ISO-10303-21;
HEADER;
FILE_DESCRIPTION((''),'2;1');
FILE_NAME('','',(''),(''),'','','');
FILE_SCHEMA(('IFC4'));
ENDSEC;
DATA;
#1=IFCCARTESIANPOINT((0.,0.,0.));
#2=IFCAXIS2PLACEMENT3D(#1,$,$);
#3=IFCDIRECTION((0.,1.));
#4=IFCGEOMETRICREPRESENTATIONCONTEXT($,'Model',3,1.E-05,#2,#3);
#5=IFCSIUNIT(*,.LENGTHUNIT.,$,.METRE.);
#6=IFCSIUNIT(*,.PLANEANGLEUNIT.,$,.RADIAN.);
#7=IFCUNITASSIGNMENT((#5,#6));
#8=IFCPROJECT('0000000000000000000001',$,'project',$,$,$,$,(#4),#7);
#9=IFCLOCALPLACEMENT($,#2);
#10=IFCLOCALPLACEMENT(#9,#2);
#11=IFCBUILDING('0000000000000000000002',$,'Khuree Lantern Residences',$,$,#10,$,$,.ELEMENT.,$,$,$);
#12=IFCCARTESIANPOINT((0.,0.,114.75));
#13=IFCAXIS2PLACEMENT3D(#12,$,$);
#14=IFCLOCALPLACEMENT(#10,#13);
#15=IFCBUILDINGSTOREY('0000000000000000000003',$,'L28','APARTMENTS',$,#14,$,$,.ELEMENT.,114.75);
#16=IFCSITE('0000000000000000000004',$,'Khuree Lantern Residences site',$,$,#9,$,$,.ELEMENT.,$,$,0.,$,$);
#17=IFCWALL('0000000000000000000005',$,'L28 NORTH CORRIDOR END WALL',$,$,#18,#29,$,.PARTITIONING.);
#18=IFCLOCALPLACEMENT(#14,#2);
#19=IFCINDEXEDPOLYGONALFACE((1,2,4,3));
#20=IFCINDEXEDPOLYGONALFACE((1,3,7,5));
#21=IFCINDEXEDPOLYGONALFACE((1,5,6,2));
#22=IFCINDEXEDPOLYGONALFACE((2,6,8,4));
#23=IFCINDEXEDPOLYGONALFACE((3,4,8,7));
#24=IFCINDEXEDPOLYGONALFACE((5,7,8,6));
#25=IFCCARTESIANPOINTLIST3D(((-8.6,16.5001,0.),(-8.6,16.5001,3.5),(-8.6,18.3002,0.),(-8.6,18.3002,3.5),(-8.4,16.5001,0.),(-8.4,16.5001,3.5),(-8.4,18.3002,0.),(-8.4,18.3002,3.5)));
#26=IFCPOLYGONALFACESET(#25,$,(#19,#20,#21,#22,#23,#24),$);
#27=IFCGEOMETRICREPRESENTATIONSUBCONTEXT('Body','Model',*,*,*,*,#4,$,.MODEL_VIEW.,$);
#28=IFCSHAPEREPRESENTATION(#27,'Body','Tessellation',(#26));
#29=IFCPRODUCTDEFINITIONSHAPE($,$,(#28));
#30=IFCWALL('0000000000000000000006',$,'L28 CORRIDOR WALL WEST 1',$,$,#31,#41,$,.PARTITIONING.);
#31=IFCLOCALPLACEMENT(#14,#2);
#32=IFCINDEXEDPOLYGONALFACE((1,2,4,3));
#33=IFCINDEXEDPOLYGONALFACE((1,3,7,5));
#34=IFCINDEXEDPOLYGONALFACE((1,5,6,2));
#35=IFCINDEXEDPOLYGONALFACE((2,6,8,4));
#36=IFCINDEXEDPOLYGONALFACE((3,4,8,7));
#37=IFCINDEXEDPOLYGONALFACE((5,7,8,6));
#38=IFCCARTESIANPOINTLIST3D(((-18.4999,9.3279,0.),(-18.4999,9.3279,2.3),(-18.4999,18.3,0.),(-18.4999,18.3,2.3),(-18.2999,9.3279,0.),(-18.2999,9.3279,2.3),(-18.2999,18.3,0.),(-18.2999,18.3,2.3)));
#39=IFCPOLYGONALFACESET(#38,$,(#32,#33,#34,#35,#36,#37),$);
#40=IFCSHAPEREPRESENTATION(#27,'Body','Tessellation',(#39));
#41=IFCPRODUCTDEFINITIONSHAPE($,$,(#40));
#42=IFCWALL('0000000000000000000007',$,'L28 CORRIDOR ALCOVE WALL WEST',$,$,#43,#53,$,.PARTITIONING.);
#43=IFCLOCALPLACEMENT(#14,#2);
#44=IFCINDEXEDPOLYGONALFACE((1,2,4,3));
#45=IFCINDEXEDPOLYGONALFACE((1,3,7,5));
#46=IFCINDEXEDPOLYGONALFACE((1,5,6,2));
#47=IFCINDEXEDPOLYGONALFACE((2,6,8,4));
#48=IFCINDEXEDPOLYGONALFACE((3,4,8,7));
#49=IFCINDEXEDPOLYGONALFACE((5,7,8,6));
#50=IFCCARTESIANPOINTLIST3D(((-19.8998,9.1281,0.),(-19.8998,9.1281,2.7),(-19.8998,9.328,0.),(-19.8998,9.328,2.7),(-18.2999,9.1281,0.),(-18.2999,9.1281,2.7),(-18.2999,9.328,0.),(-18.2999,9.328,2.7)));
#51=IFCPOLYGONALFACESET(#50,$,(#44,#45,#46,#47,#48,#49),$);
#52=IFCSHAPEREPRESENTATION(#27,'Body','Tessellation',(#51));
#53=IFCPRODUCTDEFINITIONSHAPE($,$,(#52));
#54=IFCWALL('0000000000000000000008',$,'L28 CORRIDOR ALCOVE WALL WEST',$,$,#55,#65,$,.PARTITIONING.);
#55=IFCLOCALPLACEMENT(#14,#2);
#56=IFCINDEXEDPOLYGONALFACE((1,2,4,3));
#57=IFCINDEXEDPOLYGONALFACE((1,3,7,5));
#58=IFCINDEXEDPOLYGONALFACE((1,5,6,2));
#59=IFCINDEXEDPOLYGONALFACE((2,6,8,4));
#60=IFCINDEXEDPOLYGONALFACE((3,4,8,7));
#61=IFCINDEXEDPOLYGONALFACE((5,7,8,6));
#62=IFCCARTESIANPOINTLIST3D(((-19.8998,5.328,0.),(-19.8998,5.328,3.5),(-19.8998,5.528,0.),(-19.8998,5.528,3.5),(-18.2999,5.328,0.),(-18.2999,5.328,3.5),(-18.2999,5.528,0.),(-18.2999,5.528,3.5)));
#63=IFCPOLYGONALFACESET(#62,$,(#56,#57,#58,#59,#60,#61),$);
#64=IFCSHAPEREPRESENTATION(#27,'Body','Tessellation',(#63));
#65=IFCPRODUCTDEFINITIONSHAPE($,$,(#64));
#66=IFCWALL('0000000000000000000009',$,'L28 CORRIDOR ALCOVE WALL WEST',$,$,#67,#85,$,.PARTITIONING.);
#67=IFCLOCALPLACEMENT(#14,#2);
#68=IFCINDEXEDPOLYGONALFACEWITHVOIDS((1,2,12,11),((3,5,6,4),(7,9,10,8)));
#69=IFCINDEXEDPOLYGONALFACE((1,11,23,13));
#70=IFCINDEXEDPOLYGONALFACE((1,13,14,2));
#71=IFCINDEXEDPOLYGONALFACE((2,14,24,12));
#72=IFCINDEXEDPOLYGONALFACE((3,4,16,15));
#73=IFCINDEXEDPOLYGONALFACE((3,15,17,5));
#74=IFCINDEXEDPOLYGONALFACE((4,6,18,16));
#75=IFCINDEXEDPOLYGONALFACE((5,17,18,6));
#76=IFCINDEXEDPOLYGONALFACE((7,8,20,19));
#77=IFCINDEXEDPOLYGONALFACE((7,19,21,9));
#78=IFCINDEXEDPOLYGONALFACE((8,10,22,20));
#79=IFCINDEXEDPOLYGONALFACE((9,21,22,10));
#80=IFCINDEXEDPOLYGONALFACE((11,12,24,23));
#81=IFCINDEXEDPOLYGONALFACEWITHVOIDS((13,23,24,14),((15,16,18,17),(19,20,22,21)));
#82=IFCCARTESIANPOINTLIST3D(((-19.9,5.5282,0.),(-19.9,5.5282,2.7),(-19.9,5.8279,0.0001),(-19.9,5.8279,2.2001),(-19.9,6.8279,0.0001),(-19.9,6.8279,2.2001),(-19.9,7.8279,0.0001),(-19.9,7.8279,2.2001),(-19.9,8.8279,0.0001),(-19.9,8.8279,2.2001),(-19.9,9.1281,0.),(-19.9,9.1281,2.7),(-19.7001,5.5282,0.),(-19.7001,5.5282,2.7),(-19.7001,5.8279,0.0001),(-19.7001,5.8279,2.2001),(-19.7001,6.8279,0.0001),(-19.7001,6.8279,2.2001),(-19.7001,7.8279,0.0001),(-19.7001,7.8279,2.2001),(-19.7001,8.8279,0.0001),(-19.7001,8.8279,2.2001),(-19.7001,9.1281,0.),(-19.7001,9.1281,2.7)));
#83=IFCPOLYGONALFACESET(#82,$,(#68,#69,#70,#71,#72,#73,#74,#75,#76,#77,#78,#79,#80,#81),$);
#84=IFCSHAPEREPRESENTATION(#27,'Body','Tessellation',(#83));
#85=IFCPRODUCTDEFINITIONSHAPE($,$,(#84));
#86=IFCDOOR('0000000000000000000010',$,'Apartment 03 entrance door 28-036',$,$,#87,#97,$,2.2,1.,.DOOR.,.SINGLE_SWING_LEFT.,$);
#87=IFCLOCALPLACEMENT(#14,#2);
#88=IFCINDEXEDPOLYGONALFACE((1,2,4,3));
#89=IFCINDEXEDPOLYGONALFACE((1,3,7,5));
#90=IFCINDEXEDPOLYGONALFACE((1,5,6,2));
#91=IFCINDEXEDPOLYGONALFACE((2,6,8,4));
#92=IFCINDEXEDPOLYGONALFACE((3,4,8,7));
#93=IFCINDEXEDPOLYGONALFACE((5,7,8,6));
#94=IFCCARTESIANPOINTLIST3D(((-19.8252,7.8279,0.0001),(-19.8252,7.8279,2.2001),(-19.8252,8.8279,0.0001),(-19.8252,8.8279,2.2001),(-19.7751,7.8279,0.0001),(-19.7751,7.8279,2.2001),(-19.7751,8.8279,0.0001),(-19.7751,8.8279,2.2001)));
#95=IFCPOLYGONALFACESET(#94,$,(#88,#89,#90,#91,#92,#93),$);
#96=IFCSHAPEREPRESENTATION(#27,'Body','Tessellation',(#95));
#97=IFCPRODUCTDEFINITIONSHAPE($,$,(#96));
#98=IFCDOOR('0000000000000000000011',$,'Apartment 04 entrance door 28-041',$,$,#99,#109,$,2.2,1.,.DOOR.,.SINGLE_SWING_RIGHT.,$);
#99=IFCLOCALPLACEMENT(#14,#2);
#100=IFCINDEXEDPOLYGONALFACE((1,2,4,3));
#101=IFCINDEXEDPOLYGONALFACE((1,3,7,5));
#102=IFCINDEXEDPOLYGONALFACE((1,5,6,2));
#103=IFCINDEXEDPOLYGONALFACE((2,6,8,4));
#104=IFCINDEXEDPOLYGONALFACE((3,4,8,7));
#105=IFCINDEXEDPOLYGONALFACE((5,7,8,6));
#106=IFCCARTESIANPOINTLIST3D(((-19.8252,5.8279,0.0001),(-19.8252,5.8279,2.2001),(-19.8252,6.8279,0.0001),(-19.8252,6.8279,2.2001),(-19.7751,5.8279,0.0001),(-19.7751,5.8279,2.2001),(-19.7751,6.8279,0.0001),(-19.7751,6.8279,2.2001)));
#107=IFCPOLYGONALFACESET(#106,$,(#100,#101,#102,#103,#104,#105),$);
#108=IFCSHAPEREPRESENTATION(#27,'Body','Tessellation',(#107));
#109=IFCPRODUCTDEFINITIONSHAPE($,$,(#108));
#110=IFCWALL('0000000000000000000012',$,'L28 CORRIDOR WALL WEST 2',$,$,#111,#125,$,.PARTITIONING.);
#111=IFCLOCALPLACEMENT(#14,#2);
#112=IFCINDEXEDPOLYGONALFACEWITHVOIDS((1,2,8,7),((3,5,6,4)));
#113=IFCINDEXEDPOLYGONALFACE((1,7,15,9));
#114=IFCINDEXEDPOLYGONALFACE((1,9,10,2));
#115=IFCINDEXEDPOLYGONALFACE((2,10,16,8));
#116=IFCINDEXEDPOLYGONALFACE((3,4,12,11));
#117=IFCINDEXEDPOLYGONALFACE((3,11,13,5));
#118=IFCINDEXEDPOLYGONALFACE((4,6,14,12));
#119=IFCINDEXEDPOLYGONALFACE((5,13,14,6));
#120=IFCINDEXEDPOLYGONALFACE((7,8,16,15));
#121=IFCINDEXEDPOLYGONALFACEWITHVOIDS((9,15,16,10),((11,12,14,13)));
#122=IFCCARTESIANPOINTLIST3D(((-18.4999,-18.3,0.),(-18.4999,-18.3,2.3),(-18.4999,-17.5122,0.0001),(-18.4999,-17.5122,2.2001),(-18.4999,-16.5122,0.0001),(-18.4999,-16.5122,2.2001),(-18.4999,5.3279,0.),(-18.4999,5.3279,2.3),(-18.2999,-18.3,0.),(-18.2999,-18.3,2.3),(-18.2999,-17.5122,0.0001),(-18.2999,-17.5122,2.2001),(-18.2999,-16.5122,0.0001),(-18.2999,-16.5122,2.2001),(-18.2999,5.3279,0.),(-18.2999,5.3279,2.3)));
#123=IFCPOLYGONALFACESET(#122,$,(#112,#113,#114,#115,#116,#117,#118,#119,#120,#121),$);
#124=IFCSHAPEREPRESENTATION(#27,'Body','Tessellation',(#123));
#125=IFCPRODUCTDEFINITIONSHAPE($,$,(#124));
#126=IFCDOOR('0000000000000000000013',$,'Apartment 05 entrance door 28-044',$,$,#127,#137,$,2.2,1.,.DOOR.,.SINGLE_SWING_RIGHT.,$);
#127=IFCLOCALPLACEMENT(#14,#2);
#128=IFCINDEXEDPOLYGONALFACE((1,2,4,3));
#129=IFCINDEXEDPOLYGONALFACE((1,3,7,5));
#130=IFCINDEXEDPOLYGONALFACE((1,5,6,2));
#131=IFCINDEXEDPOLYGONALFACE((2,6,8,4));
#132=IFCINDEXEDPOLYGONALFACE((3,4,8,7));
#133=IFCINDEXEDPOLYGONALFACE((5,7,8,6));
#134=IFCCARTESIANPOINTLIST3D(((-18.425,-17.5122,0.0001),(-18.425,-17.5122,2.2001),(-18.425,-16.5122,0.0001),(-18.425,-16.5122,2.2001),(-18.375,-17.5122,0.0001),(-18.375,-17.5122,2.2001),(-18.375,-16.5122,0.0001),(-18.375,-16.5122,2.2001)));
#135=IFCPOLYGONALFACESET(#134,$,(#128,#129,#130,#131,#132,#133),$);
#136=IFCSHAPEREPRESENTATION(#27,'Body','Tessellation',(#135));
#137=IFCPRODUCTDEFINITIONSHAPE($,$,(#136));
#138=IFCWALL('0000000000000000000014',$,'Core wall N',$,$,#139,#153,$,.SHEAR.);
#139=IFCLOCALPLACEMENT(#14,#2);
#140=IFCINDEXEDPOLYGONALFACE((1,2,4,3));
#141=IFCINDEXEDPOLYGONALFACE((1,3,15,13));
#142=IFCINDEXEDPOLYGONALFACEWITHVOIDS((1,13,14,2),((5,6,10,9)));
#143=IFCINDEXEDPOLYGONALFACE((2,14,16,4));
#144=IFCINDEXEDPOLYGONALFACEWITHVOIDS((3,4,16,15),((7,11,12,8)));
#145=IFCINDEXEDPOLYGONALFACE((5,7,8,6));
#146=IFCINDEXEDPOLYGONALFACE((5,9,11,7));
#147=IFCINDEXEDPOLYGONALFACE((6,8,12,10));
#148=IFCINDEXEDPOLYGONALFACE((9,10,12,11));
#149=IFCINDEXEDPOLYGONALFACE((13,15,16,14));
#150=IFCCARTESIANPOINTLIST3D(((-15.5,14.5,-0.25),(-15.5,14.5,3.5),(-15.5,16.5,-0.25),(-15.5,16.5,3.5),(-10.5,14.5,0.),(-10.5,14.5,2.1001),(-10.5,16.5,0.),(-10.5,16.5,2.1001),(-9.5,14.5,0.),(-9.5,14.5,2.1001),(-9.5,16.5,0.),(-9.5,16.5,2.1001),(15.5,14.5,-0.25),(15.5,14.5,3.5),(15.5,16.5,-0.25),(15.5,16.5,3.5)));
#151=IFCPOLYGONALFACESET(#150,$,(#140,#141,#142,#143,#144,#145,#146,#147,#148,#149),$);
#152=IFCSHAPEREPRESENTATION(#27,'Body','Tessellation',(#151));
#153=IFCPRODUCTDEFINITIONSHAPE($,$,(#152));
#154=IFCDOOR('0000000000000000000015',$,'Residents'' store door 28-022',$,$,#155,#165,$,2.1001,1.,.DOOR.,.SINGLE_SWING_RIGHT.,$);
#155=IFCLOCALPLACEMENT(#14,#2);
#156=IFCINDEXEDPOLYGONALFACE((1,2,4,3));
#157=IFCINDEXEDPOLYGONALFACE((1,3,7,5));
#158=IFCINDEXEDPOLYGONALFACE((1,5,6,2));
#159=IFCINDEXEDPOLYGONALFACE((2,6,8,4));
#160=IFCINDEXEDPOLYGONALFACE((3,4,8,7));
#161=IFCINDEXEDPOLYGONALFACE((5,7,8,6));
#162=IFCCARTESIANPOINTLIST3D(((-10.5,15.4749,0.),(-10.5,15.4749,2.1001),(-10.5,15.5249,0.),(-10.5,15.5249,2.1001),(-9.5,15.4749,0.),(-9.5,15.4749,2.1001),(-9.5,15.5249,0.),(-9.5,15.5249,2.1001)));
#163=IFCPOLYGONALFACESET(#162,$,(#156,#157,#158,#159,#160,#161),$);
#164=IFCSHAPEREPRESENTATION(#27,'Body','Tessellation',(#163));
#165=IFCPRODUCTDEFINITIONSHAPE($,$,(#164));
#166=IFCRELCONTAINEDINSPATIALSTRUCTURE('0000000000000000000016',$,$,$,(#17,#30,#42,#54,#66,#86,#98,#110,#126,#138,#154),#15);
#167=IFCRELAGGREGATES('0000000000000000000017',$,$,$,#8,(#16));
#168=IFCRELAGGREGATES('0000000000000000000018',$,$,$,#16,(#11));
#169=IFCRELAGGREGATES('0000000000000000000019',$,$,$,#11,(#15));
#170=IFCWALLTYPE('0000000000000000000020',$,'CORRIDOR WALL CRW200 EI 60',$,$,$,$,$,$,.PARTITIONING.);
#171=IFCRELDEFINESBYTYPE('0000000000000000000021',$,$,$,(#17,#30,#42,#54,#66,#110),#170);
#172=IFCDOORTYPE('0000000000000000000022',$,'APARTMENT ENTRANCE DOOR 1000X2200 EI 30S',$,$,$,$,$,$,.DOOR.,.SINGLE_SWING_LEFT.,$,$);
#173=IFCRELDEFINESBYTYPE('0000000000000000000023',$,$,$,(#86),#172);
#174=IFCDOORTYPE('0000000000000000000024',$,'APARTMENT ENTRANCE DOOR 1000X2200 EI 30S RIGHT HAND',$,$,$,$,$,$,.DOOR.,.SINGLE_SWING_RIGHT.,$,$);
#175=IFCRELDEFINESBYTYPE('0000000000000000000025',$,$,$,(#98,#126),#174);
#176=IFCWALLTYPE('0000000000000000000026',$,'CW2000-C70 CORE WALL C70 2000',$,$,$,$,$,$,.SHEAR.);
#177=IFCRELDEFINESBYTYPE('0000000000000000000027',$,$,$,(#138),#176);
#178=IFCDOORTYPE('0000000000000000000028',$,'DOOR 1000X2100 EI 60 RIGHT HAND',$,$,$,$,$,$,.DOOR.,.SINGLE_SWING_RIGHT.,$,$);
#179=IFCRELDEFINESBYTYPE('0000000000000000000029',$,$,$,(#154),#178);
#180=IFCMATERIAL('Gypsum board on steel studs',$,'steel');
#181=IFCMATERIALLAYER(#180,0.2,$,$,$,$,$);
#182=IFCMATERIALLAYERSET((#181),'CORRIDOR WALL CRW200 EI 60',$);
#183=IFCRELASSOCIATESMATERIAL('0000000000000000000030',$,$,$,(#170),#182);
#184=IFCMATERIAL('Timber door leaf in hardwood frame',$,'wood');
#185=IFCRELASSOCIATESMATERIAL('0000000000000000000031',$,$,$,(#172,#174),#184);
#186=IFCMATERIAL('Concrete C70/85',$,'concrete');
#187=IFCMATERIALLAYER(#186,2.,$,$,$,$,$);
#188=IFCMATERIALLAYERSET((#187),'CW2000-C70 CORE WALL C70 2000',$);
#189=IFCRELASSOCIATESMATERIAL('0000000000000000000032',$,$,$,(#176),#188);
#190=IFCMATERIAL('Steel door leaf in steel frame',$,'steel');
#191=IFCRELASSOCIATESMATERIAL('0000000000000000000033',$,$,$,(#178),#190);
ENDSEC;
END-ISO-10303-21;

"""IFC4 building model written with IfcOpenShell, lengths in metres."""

from ifc_helpers import new_model, si_unit, direction, frame, frame_2d, origin, place, context, subcontext, project, spatial, rectangle, extrude, material, layer, layer_set, type_object, element, fill, save


model = new_model("IFC4")

# Units and contexts
model_context = context("Model", 3, precision=1e-05, world=origin(), true_north=direction((0.0, 1.0)))
body_context = subcontext(model_context, "Body", "Model", "MODEL_VIEW")
ifc_project = project(units=[si_unit("LENGTHUNIT", "METRE"), si_unit("PLANEANGLEUNIT", "RADIAN")], contexts=[model_context])

# Site, building, storey
site_placement = place(None, origin())
site = spatial("IfcSite", under=ifc_project, at=site_placement, Name="Khuree Lantern Residences site", CompositionType="ELEMENT", RefElevation=0.0)
building_placement = place(site_placement, origin())
building = spatial("IfcBuilding", under=site, at=building_placement, Name="Khuree Lantern Residences", CompositionType="ELEMENT")
storey_placement = place(building_placement, frame((0.0, 0.0, 114.75)))
storey = spatial("IfcBuildingStorey", under=building, at=storey_placement, Name="L28", Description="APARTMENTS", CompositionType="ELEMENT", Elevation=114.75)

# Shared definitions
ifc_material_1 = material(Name="Concrete C70/85", Category="concrete")

# Shared definitions
ifc_material_2 = material(Name="Steel door leaf in steel frame", Category="steel")
ifc_material_3 = material(Name="Timber door leaf in hardwood frame", Category="wood")

# Walls
ifc_material_4 = material(Name="Gypsum board on steel studs", Category="steel")
ifc_layer_1 = layer(ifc_material_4, 0.2)
ifc_layer_set_1 = layer_set([ifc_layer_1], Name="CORRIDOR WALL CRW200 EI 60")
wall_type_1 = type_object("IfcWallType", Name="CORRIDOR WALL CRW200 EI 60", PredefinedType="PARTITIONING", material=ifc_layer_set_1)
wall_1_placement = place(storey_placement, frame((-8.5, 18.3, 0.0), z_axis=(0.0, 0.0, 1.0), x_axis=(0.0, -1.0, 0.0)))
element("IfcWall", 1, at=wall_1_placement, inside=storey, type_object=wall_type_1, Name="L28 NORTH CORRIDOR END WALL", PredefinedType="PARTITIONING", context=body_context, shape_type="SweptSolid", body=[
    extrude(rectangle(XDim=1.8, YDim=0.2, at=frame_2d((0.8999, 0.0))), origin(), (0.0, 0.0, 1.0), 3.5),
])
wall_2_placement = place(storey_placement, frame((-18.3999, 18.3, 0.0), z_axis=(0.0, 0.0, 1.0), x_axis=(0.0, -1.0, 0.0)))
element("IfcWall", 2, at=wall_2_placement, inside=storey, type_object=wall_type_1, Name="L28 CORRIDOR WALL WEST 1", PredefinedType="PARTITIONING", context=body_context, shape_type="SweptSolid", body=[
    extrude(rectangle(XDim=8.9722, YDim=0.2, at=frame_2d((4.4861, 0.0))), origin(), (0.0, 0.0, 1.0), 2.3),
])
wall_3_placement = place(storey_placement, frame((-18.3, 9.228, 0.0), z_axis=(0.0, 0.0, 1.0), x_axis=(-1.0, 0.0, 0.0)))
element("IfcWall", 3, at=wall_3_placement, inside=storey, type_object=wall_type_1, Name="L28 CORRIDOR ALCOVE WALL WEST", PredefinedType="PARTITIONING", context=body_context, shape_type="SweptSolid", body=[
    extrude(rectangle(XDim=1.5999, YDim=0.2, at=frame_2d((0.7998, 0.0))), origin(), (0.0, 0.0, 1.0), 2.7),
])
wall_4_placement = place(storey_placement, frame((-18.3, 5.428, 0.0), z_axis=(0.0, 0.0, 1.0), x_axis=(-1.0, 0.0, 0.0)))
element("IfcWall", 4, at=wall_4_placement, inside=storey, type_object=wall_type_1, Name="L28 CORRIDOR ALCOVE WALL WEST", PredefinedType="PARTITIONING", context=body_context, shape_type="SweptSolid", body=[
    extrude(rectangle(XDim=1.5999, YDim=0.2, at=frame_2d((0.7998, 0.0))), origin(), (0.0, 0.0, 1.0), 3.5),
])

# Wall, openings, doors
wall_5_placement = place(storey_placement, frame((-19.8, 9.1279, 0.0), z_axis=(0.0, 0.0, 1.0), x_axis=(0.0, -1.0, 0.0)))
wall_5 = element("IfcWall", 5, at=wall_5_placement, inside=storey, type_object=wall_type_1, Name="L28 CORRIDOR ALCOVE WALL WEST", PredefinedType="PARTITIONING", context=body_context, shape_type="SweptSolid", body=[
    extrude(rectangle(XDim=3.5999, YDim=0.2, at=frame_2d((1.7998, 0.0))), origin(), (0.0, 0.0, 1.0), 2.7),
])
opening_1_placement = place(wall_5_placement, frame((0.3, 0.0, 0.0)))
opening_1 = element("IfcOpeningElement", 6, at=opening_1_placement, cuts=wall_5, PredefinedType="OPENING", context=body_context, shape_type="SweptSolid", body=[
    extrude(rectangle(XDim=1.0, YDim=2.2, at=frame_2d((0.5, 1.1001))), frame((0.0, 0.1099, 0.0), z_axis=(0.0, -1.0, 0.0), x_axis=(1.0, 0.0, 0.0)), (0.0, 0.0, 1.0), 0.22),
])
opening_2_placement = place(wall_5_placement, frame((2.3, 0.0, 0.0)))
opening_2 = element("IfcOpeningElement", 7, at=opening_2_placement, cuts=wall_5, PredefinedType="OPENING", context=body_context, shape_type="SweptSolid", body=[
    extrude(rectangle(XDim=1.0, YDim=2.2, at=frame_2d((0.5, 1.1001))), frame((0.0, 0.1099, 0.0), z_axis=(0.0, -1.0, 0.0), x_axis=(1.0, 0.0, 0.0)), (0.0, 0.0, 1.0), 0.22),
])
door_type_1 = type_object("IfcDoorType", Name="APARTMENT ENTRANCE DOOR 1000X2200 EI 30S", OperationType="SINGLE_SWING_LEFT", PredefinedType="DOOR", material=ifc_material_3)
door_1_placement = place(opening_1_placement, origin())
door_1 = element("IfcDoor", 8, at=door_1_placement, inside=storey, type_object=door_type_1, Name="Apartment 03 entrance door 28-036", OperationType="SINGLE_SWING_LEFT", OverallHeight=2.2, OverallWidth=1.0, PredefinedType="DOOR", context=body_context, shape_type="SweptSolid", body=[
    extrude(rectangle(XDim=1.0, YDim=2.2, at=frame_2d((0.5, 1.1001))), frame((0.0, 0.0249, 0.0), z_axis=(0.0, -1.0, 0.0), x_axis=(1.0, 0.0, 0.0)), (0.0, 0.0, 1.0), 0.05),
])
fill(opening_1, door_1)
door_type_2 = type_object("IfcDoorType", Name="APARTMENT ENTRANCE DOOR 1000X2200 EI 30S RIGHT HAND", OperationType="SINGLE_SWING_RIGHT", PredefinedType="DOOR", material=ifc_material_3)
door_2_placement = place(opening_2_placement, origin())
door_2 = element("IfcDoor", 9, at=door_2_placement, inside=storey, type_object=door_type_2, Name="Apartment 04 entrance door 28-041", OperationType="SINGLE_SWING_RIGHT", OverallHeight=2.2, OverallWidth=1.0, PredefinedType="DOOR", context=body_context, shape_type="SweptSolid", body=[
    extrude(rectangle(XDim=1.0, YDim=2.2, at=frame_2d((0.5, 1.1001))), frame((0.0, 0.0249, 0.0), z_axis=(0.0, -1.0, 0.0), x_axis=(1.0, 0.0, 0.0)), (0.0, 0.0, 1.0), 0.05),
])
fill(opening_2, door_2)

# Walls, openings, doors
wall_6_placement = place(storey_placement, frame((-18.3999, 5.3279, 0.0), z_axis=(0.0, 0.0, 1.0), x_axis=(0.0, -1.0, 0.0)))
wall_6 = element("IfcWall", 10, at=wall_6_placement, inside=storey, type_object=wall_type_1, Name="L28 CORRIDOR WALL WEST 2", PredefinedType="PARTITIONING", context=body_context, shape_type="SweptSolid", body=[
    extrude(rectangle(XDim=23.6279, YDim=0.2, at=frame_2d((11.814, 0.0))), origin(), (0.0, 0.0, 1.0), 2.3),
])
opening_3_placement = place(wall_6_placement, frame((21.8401, 0.0, 0.0)))
opening_3 = element("IfcOpeningElement", 11, at=opening_3_placement, cuts=wall_6, PredefinedType="OPENING", context=body_context, shape_type="SweptSolid", body=[
    extrude(rectangle(XDim=1.0, YDim=2.2, at=frame_2d((0.5, 1.1001))), frame((0.0, 0.1099, 0.0), z_axis=(0.0, -1.0, 0.0), x_axis=(1.0, 0.0, 0.0)), (0.0, 0.0, 1.0), 0.22),
])
door_3_placement = place(opening_3_placement, origin())
door_3 = element("IfcDoor", 12, at=door_3_placement, inside=storey, type_object=door_type_2, Name="Apartment 05 entrance door 28-044", OperationType="SINGLE_SWING_RIGHT", OverallHeight=2.2, OverallWidth=1.0, PredefinedType="DOOR", context=body_context, shape_type="SweptSolid", body=[
    extrude(rectangle(XDim=1.0, YDim=2.2, at=frame_2d((0.5, 1.1001))), frame((0.0, 0.0249, 0.0), z_axis=(0.0, -1.0, 0.0), x_axis=(1.0, 0.0, 0.0)), (0.0, 0.0, 1.0), 0.05),
])
fill(opening_3, door_3)
ifc_layer_2 = layer(ifc_material_1, 2.0)
ifc_layer_set_2 = layer_set([ifc_layer_2], Name="CW2000-C70 CORE WALL C70 2000")
wall_type_2 = type_object("IfcWallType", Name="CW2000-C70 CORE WALL C70 2000", PredefinedType="SHEAR", material=ifc_layer_set_2)
wall_7_placement = place(storey_placement, frame((-15.5, 15.5, -0.25), z_axis=(0.0, 0.0, 1.0), x_axis=(1.0, 0.0, 0.0)))
wall_7 = element("IfcWall", 13, at=wall_7_placement, inside=storey, type_object=wall_type_2, Name="Core wall N", PredefinedType="SHEAR", context=body_context, shape_type="SweptSolid", body=[
    extrude(rectangle(XDim=31.0, YDim=2.0, at=frame_2d((15.5, 0.0))), origin(), (0.0, 0.0, 1.0), 3.75),
])
opening_4_placement = place(wall_7_placement, frame((5.0, 0.0, 0.25)))
opening_4 = element("IfcOpeningElement", 14, at=opening_4_placement, cuts=wall_7, PredefinedType="OPENING", context=body_context, shape_type="SweptSolid", body=[
    extrude(rectangle(XDim=1.0, YDim=2.1001, at=frame_2d((0.5, 1.05))), frame((0.0, 1.01, 0.0), z_axis=(0.0, -1.0, 0.0), x_axis=(1.0, 0.0, 0.0)), (0.0, 0.0, 1.0), 2.02),
])
door_type_3 = type_object("IfcDoorType", Name="DOOR 1000X2100 EI 60 RIGHT HAND", OperationType="SINGLE_SWING_RIGHT", PredefinedType="DOOR", material=ifc_material_2)
door_4_placement = place(opening_4_placement, origin())
door_4 = element("IfcDoor", 15, at=door_4_placement, inside=storey, type_object=door_type_3, Name="Residents' store door 28-022", OperationType="SINGLE_SWING_RIGHT", OverallHeight=2.1001, OverallWidth=1.0, PredefinedType="DOOR", context=body_context, shape_type="SweptSolid", body=[
    extrude(rectangle(XDim=1.0, YDim=2.1001, at=frame_2d((0.5, 1.05))), frame((0.0, 0.0249, 0.0), z_axis=(0.0, -1.0, 0.0), x_axis=(1.0, 0.0, 0.0)), (0.0, 0.0, 1.0), 0.05),
])
fill(opening_4, door_4)

save(model, "model.ifc")
